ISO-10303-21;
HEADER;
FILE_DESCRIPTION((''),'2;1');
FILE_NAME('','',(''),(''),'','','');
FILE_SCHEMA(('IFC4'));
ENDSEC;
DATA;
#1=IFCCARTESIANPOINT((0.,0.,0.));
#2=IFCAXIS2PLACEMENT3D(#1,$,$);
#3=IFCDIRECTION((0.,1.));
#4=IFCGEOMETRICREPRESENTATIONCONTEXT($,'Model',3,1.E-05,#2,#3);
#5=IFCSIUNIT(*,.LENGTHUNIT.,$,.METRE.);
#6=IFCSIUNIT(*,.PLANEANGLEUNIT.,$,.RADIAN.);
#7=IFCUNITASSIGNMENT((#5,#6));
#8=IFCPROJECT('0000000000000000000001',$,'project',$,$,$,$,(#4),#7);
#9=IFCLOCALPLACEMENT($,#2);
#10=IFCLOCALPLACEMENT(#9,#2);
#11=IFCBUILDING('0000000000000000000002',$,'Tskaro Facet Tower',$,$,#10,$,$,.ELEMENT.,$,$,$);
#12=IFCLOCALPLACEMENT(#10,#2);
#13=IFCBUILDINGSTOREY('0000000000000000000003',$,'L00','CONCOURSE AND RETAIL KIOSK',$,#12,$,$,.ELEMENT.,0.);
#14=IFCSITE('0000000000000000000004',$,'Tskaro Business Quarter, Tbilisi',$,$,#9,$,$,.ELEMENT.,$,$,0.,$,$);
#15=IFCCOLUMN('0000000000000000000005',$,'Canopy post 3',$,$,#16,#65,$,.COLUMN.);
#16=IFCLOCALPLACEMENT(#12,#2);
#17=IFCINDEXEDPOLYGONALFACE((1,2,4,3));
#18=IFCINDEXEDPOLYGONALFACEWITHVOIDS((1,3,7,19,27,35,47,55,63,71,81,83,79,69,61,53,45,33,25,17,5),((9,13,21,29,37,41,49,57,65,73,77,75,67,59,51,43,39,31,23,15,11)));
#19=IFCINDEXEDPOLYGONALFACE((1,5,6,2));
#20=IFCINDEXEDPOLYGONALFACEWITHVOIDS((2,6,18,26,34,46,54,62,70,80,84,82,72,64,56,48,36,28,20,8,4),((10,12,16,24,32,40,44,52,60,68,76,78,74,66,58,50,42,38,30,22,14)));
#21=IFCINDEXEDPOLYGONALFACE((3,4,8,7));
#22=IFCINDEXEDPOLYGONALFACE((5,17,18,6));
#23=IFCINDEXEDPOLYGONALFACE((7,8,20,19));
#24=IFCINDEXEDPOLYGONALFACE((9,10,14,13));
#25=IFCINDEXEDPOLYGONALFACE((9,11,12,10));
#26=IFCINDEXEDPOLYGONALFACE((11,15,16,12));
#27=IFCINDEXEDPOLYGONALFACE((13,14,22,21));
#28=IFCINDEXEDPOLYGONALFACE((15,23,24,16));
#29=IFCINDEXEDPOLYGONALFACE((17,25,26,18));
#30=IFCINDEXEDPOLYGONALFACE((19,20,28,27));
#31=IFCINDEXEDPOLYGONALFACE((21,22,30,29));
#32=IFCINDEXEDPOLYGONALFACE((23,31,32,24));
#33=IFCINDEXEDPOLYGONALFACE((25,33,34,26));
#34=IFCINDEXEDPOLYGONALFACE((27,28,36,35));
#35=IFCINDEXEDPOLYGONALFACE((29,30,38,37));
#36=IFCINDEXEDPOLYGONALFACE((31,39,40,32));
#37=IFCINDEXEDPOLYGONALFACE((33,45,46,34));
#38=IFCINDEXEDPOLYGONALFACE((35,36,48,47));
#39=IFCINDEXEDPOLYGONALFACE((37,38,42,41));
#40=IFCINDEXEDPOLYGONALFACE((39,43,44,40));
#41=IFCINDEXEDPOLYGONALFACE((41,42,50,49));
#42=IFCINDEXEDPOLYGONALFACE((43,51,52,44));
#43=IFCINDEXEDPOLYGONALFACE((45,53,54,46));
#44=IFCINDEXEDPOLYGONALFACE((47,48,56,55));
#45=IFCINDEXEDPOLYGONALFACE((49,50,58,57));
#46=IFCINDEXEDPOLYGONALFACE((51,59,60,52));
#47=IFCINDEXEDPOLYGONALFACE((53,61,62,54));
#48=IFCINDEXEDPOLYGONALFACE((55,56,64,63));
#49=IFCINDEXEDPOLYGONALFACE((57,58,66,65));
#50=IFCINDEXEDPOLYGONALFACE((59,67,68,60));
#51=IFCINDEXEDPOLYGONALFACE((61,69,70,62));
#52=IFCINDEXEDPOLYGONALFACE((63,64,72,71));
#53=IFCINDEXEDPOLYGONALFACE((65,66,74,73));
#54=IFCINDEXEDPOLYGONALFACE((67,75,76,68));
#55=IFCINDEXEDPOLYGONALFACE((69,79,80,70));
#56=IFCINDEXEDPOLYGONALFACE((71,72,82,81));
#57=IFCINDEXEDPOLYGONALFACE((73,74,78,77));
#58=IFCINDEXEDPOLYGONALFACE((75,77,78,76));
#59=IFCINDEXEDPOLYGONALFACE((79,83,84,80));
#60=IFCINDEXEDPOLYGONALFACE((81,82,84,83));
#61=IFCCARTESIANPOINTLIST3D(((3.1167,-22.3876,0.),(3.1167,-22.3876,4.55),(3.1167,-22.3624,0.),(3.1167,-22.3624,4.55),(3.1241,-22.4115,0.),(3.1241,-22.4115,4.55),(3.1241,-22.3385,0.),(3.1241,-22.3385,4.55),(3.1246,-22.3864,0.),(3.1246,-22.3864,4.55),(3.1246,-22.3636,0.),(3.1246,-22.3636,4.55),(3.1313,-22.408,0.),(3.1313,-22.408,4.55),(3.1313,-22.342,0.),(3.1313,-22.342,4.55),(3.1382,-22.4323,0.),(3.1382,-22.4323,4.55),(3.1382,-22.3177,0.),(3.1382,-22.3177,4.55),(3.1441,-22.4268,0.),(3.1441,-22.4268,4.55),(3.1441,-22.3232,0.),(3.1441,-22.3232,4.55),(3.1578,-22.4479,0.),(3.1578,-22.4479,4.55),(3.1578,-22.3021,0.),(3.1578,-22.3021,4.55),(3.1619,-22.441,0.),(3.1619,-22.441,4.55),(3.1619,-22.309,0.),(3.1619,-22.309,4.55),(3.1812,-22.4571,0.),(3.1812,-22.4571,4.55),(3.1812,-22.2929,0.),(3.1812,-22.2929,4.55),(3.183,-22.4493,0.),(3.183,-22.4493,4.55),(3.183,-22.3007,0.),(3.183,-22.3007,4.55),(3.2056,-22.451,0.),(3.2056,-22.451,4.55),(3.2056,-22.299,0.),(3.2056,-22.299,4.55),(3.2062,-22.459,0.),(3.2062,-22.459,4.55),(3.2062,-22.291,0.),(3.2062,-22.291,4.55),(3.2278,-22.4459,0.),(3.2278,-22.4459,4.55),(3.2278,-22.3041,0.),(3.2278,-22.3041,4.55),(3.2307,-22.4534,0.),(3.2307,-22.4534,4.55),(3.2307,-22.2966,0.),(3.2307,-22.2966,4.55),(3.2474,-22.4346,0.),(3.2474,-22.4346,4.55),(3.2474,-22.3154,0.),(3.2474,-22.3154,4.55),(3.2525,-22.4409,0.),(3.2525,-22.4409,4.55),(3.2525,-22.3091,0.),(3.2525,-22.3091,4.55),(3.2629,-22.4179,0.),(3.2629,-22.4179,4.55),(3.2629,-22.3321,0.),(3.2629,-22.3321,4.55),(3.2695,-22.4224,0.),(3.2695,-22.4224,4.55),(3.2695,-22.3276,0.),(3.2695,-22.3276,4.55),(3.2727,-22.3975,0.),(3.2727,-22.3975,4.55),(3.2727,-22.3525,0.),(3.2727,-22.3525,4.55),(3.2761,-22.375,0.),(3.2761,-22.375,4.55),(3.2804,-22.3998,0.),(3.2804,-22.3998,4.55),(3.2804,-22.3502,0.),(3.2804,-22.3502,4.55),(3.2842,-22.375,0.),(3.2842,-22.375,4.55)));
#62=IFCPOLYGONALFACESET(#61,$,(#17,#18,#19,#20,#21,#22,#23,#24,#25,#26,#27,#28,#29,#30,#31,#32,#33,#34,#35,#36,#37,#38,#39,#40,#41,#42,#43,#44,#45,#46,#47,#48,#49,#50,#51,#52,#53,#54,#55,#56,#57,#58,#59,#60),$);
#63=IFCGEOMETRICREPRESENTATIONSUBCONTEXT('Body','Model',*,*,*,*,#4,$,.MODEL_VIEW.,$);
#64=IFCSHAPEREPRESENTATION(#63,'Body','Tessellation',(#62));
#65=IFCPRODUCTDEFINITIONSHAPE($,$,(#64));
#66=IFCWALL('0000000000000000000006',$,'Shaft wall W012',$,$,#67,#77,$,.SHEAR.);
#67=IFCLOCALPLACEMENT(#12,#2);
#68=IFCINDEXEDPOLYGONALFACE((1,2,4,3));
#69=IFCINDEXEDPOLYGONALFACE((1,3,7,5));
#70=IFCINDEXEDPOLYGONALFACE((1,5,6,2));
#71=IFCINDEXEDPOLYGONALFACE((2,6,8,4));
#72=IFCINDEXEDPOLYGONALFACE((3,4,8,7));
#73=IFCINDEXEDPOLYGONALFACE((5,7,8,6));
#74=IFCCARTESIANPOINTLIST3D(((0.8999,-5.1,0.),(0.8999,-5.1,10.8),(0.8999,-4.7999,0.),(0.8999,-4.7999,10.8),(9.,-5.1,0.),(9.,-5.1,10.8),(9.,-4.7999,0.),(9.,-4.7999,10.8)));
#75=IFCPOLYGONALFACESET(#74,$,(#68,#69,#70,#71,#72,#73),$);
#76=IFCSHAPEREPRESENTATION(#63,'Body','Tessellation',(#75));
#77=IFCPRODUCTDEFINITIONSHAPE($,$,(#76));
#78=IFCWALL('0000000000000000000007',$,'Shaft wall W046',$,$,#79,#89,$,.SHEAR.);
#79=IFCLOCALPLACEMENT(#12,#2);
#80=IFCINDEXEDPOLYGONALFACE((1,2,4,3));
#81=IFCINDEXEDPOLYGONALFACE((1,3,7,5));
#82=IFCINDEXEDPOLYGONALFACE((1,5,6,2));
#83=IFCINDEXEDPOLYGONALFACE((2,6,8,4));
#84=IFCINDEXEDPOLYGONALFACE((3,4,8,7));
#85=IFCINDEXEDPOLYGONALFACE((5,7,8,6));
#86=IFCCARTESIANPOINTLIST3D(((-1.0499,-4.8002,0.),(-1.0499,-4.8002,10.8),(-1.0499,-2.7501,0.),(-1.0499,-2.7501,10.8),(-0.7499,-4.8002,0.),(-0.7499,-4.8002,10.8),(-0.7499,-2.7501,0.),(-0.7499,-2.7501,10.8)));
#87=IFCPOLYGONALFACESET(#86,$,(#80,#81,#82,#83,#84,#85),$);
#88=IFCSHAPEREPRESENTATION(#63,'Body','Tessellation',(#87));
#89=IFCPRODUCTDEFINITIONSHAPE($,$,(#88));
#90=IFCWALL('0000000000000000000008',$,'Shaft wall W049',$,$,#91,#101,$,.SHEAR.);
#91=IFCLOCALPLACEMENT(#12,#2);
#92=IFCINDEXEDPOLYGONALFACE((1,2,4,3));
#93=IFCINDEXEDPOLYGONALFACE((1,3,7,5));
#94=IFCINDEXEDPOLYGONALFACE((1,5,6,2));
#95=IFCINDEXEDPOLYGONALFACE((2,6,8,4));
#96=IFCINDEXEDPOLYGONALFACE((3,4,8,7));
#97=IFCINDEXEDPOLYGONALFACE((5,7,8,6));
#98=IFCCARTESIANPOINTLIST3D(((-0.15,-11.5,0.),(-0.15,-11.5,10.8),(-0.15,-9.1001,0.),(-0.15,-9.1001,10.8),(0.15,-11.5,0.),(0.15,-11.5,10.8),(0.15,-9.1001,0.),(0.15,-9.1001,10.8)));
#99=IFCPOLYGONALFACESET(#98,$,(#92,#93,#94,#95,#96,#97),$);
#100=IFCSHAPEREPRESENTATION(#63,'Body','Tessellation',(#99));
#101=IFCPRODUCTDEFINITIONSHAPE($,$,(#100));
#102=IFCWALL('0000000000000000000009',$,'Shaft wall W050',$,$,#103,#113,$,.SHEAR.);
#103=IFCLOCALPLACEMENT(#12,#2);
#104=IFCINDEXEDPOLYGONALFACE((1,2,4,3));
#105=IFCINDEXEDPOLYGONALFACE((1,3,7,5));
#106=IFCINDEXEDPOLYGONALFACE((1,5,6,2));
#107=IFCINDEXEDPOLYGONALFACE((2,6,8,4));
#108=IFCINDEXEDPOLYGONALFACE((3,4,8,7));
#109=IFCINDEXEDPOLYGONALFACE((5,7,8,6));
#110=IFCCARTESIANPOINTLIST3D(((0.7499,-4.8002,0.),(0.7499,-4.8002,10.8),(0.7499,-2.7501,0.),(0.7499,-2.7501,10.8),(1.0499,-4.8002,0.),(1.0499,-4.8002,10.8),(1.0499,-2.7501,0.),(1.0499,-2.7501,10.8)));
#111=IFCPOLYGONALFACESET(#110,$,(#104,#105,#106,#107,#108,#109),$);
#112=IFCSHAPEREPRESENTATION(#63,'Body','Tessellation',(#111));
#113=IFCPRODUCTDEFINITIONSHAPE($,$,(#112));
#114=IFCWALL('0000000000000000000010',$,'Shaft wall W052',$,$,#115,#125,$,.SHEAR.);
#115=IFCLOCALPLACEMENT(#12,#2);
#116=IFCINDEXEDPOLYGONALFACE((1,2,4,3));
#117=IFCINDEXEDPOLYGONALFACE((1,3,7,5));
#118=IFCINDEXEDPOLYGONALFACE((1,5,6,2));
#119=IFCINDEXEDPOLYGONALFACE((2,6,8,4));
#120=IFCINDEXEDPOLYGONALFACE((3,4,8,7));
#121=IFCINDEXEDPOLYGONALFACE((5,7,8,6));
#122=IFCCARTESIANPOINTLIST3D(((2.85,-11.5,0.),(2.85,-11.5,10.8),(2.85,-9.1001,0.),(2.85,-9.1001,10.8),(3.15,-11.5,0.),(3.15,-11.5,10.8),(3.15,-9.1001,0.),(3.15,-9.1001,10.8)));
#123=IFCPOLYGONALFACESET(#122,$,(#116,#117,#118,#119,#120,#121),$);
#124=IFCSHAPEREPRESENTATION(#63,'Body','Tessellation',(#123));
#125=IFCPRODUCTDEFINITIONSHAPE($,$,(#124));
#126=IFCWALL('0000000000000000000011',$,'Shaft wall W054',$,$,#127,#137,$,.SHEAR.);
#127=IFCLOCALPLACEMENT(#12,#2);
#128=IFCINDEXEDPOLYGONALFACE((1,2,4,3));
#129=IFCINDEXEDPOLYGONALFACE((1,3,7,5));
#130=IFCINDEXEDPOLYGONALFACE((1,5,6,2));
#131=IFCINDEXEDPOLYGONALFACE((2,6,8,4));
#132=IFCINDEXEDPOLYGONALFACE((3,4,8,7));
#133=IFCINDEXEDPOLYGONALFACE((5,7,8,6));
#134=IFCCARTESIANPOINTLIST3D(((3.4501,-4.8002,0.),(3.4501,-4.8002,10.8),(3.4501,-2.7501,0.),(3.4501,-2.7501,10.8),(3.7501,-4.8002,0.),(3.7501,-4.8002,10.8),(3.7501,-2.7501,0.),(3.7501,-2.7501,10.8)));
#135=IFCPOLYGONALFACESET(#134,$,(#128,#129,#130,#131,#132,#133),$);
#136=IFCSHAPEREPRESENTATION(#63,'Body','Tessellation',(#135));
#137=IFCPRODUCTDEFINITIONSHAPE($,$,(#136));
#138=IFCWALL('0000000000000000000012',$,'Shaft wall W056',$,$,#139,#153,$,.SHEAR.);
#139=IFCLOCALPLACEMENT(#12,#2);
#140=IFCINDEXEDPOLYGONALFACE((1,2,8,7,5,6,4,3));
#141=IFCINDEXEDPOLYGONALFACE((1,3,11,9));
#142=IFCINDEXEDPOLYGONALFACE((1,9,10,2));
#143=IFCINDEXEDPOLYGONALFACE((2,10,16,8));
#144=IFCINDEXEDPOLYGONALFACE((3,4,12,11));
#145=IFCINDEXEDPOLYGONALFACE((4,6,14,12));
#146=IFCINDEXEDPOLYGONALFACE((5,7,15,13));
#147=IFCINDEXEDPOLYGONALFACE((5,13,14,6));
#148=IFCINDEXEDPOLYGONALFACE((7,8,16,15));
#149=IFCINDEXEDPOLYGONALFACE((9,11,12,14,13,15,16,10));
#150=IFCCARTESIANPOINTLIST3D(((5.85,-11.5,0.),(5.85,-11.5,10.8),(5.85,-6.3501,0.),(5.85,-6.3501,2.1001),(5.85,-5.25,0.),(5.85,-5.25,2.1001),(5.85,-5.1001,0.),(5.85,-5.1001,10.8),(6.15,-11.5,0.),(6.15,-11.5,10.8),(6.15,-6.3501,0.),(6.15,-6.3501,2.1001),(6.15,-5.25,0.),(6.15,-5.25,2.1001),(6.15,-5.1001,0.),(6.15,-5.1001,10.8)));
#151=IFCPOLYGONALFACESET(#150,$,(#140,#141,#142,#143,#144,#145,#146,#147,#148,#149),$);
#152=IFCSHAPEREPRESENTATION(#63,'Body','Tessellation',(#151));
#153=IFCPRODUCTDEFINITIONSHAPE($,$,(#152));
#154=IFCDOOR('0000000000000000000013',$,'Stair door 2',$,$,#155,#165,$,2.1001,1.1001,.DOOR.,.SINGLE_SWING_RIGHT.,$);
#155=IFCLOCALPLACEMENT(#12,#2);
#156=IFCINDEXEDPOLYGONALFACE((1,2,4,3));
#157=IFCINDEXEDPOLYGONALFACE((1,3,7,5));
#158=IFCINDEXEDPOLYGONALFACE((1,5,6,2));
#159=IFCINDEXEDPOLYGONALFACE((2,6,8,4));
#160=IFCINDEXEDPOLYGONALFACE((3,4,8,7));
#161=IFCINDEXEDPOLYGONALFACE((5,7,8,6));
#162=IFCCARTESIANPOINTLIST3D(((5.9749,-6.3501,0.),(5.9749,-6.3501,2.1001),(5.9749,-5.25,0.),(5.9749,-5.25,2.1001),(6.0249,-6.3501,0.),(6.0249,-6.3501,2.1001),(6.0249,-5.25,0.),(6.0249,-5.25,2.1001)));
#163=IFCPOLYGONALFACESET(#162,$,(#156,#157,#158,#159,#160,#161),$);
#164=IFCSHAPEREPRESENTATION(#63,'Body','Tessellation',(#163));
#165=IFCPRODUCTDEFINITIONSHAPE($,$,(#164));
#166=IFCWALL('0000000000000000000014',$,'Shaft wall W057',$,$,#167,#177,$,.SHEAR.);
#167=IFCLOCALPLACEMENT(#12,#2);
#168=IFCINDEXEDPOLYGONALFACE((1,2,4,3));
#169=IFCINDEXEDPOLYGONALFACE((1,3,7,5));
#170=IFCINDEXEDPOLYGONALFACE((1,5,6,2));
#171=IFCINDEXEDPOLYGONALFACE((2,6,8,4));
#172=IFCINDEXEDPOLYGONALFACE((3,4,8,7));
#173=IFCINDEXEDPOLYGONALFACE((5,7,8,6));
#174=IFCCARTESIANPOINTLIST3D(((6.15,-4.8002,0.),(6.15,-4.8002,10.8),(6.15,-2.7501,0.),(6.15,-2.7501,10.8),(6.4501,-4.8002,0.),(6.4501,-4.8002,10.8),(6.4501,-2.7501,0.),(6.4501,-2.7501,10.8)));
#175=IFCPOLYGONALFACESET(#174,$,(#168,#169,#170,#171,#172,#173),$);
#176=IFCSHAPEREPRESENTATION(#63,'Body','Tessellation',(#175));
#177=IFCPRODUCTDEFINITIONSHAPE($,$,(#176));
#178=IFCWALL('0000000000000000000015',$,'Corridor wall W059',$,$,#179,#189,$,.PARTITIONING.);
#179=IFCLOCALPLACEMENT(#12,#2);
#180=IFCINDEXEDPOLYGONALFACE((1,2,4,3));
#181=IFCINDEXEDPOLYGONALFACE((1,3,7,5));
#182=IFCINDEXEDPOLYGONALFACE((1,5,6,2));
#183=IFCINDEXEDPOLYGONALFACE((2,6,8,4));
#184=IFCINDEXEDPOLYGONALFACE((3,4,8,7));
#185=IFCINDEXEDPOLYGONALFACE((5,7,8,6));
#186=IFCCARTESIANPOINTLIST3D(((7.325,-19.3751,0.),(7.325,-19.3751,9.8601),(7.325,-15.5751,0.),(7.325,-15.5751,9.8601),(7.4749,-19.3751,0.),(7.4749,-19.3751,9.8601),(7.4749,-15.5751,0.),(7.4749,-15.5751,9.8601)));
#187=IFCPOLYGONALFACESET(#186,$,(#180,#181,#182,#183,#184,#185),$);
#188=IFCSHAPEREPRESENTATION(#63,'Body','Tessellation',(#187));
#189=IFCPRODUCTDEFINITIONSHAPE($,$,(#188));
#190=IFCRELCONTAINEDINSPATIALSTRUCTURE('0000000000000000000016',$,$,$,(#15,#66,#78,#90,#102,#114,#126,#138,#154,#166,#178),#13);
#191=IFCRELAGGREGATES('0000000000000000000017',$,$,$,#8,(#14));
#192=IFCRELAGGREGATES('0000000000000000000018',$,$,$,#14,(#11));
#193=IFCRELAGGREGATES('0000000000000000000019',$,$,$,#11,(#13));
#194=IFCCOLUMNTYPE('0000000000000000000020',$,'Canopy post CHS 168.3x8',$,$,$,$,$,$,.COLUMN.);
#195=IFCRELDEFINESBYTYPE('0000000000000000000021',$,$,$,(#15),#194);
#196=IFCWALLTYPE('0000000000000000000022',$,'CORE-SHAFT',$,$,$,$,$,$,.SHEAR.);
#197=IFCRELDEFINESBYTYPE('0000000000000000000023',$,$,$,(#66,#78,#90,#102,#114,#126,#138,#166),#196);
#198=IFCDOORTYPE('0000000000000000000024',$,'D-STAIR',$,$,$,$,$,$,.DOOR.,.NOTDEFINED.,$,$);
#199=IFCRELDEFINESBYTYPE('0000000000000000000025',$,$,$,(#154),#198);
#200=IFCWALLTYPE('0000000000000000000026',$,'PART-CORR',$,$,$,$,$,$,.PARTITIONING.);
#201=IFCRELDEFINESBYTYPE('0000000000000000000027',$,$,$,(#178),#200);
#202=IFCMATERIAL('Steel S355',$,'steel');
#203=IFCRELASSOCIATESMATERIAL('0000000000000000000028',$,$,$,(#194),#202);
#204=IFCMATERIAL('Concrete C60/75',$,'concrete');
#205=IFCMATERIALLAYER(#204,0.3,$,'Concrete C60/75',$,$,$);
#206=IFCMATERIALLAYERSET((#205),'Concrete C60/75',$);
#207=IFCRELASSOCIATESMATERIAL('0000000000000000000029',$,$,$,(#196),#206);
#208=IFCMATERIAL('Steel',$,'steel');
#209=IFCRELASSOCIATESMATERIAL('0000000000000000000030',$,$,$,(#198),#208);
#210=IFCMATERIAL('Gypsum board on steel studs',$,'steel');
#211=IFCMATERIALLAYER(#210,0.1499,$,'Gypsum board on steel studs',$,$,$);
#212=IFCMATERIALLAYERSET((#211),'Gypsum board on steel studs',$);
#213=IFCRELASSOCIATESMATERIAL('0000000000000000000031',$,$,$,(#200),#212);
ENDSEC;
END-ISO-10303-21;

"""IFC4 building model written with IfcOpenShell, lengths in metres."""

from ifc_helpers import new_model, si_unit, direction, frame, frame_2d, origin, origin_2d, place, context, subcontext, project, spatial, rectangle, hollow_circle, extrude, material, layer, layer_set, material_profile, profile_set, type_object, element, fill, save


model = new_model("IFC4")

# Units and contexts
model_context = context("Model", 3, precision=1e-05, world=origin(), true_north=direction((0.0, 1.0)))
body_context = subcontext(model_context, "Body", "Model", "MODEL_VIEW")
ifc_project = project(units=[si_unit("LENGTHUNIT", "METRE"), si_unit("PLANEANGLEUNIT", "RADIAN")], contexts=[model_context])

# Site, building, storey
site_placement = place(None, origin())
site = spatial("IfcSite", under=ifc_project, at=site_placement, Name="Tskaro Business Quarter, Tbilisi", CompositionType="ELEMENT", RefElevation=0.0)
building_placement = place(site_placement, origin())
building = spatial("IfcBuilding", under=site, at=building_placement, Name="Tskaro Facet Tower", CompositionType="ELEMENT")
storey_placement = place(building_placement, origin())
storey = spatial("IfcBuildingStorey", under=building, at=storey_placement, Name="L00", Description="CONCOURSE AND RETAIL KIOSK", CompositionType="ELEMENT", Elevation=0.0)

# Column
ifc_material_1 = material(Name="Steel S355", Category="steel")
ifc_material_profile_1 = material_profile(ifc_material_1, hollow_circle(Radius=0.0842, WallThickness=0.0081, at=origin_2d()), Name="CHS 168.3x8")
ifc_profile_set_1 = profile_set([ifc_material_profile_1], Name="Steel S355")
column_type_1 = type_object("IfcColumnType", Name="Canopy post CHS 168.3x8", PredefinedType="COLUMN", material=ifc_profile_set_1)
column_1_placement = place(storey_placement, frame((3.2, -22.375, 0.0), z_axis=(0.0, 0.0, 1.0), x_axis=(1.0, 0.0, 0.0)))
element("IfcColumn", 1, at=column_1_placement, inside=storey, type_object=column_type_1, Name="Canopy post 3", PredefinedType="COLUMN", context=body_context, shape_type="SweptSolid", body=[
    extrude(hollow_circle(Radius=0.0842, WallThickness=0.0081, at=origin_2d()), origin(), (0.0, 0.0, 1.0), 4.55),
])

# Walls
ifc_material_2 = material(Name="Concrete C60/75", Category="concrete")
ifc_layer_1 = layer(ifc_material_2, 0.3, Name="Concrete C60/75")
ifc_layer_set_1 = layer_set([ifc_layer_1], Name="Concrete C60/75")
wall_type_1 = type_object("IfcWallType", Name="CORE-SHAFT", PredefinedType="SHEAR", material=ifc_layer_set_1)
wall_1_placement = place(storey_placement, frame((0.8999, -4.95, 0.0), z_axis=(0.0, 0.0, 1.0), x_axis=(1.0, 0.0, 0.0)))
element("IfcWall", 2, at=wall_1_placement, inside=storey, type_object=wall_type_1, Name="Shaft wall W012", PredefinedType="SHEAR", context=body_context, shape_type="SweptSolid", body=[
    extrude(rectangle(XDim=8.1001, YDim=0.3, at=frame_2d((4.05, 0.0))), origin(), (0.0, 0.0, 1.0), 10.8),
])
wall_2_placement = place(storey_placement, frame((-0.8999, -4.8, 0.0), z_axis=(0.0, 0.0, 1.0), x_axis=(0.0, 1.0, 0.0)))
element("IfcWall", 3, at=wall_2_placement, inside=storey, type_object=wall_type_1, Name="Shaft wall W046", PredefinedType="SHEAR", context=body_context, shape_type="SweptSolid", body=[
    extrude(rectangle(XDim=2.05, YDim=0.3, at=frame_2d((1.0249, 0.0))), origin(), (0.0, 0.0, 1.0), 10.8),
])
wall_3_placement = place(storey_placement, frame((0.0, -11.5, 0.0), z_axis=(0.0, 0.0, 1.0), x_axis=(0.0, 1.0, 0.0)))
element("IfcWall", 4, at=wall_3_placement, inside=storey, type_object=wall_type_1, Name="Shaft wall W049", PredefinedType="SHEAR", context=body_context, shape_type="SweptSolid", body=[
    extrude(rectangle(XDim=2.3999, YDim=0.3, at=frame_2d((1.2, 0.0))), origin(), (0.0, 0.0, 1.0), 10.8),
])
wall_4_placement = place(storey_placement, frame((0.8999, -4.8, 0.0), z_axis=(0.0, 0.0, 1.0), x_axis=(0.0, 1.0, 0.0)))
element("IfcWall", 5, at=wall_4_placement, inside=storey, type_object=wall_type_1, Name="Shaft wall W050", PredefinedType="SHEAR", context=body_context, shape_type="SweptSolid", body=[
    extrude(rectangle(XDim=2.05, YDim=0.3, at=frame_2d((1.0249, 0.0))), origin(), (0.0, 0.0, 1.0), 10.8),
])
wall_5_placement = place(storey_placement, frame((3.0, -11.5, 0.0), z_axis=(0.0, 0.0, 1.0), x_axis=(0.0, 1.0, 0.0)))
element("IfcWall", 6, at=wall_5_placement, inside=storey, type_object=wall_type_1, Name="Shaft wall W052", PredefinedType="SHEAR", context=body_context, shape_type="SweptSolid", body=[
    extrude(rectangle(XDim=2.3999, YDim=0.3, at=frame_2d((1.2, 0.0))), origin(), (0.0, 0.0, 1.0), 10.8),
])
wall_6_placement = place(storey_placement, frame((3.6001, -4.8, 0.0), z_axis=(0.0, 0.0, 1.0), x_axis=(0.0, 1.0, 0.0)))
element("IfcWall", 7, at=wall_6_placement, inside=storey, type_object=wall_type_1, Name="Shaft wall W054", PredefinedType="SHEAR", context=body_context, shape_type="SweptSolid", body=[
    extrude(rectangle(XDim=2.05, YDim=0.3, at=frame_2d((1.0249, 0.0))), origin(), (0.0, 0.0, 1.0), 10.8),
])

# Wall, opening, door
wall_7_placement = place(storey_placement, frame((6.0, -5.1001, 0.0), z_axis=(0.0, 0.0, 1.0), x_axis=(0.0, -1.0, 0.0)))
wall_7 = element("IfcWall", 8, at=wall_7_placement, inside=storey, type_object=wall_type_1, Name="Shaft wall W056", PredefinedType="SHEAR", context=body_context, shape_type="SweptSolid", body=[
    extrude(rectangle(XDim=6.3999, YDim=0.3, at=frame_2d((3.2, 0.0))), origin(), (0.0, 0.0, 1.0), 10.8),
])
opening_placement = place(wall_7_placement, frame((0.1499, 0.0, 0.0)))
opening = element("IfcOpeningElement", 9, at=opening_placement, cuts=wall_7, PredefinedType="OPENING", context=body_context, shape_type="SweptSolid", body=[
    extrude(rectangle(XDim=1.1001, YDim=2.1001, at=frame_2d((0.55, 1.05))), frame((0.0, 0.1599, 0.0), z_axis=(0.0, -1.0, 0.0), x_axis=(1.0, 0.0, 0.0)), (0.0, 0.0, 1.0), 0.3201),
])
ifc_material_3 = material(Name="Steel", Category="steel")
door_type = type_object("IfcDoorType", Name="D-STAIR", OperationType="NOTDEFINED", PredefinedType="DOOR", material=ifc_material_3)
door_placement = place(opening_placement, origin())
door = element("IfcDoor", 10, at=door_placement, inside=storey, type_object=door_type, Name="Stair door 2", OperationType="SINGLE_SWING_RIGHT", OverallHeight=2.1001, OverallWidth=1.1001, PredefinedType="DOOR", context=body_context, shape_type="SweptSolid", body=[
    extrude(rectangle(XDim=1.1001, YDim=2.1001, at=frame_2d((0.55, 1.05))), frame((0.0, 0.0249, 0.0), z_axis=(0.0, -1.0, 0.0), x_axis=(1.0, 0.0, 0.0)), (0.0, 0.0, 1.0), 0.05),
])
fill(opening, door)

# Walls
wall_8_placement = place(storey_placement, frame((6.3, -4.8, 0.0), z_axis=(0.0, 0.0, 1.0), x_axis=(0.0, 1.0, 0.0)))
element("IfcWall", 11, at=wall_8_placement, inside=storey, type_object=wall_type_1, Name="Shaft wall W057", PredefinedType="SHEAR", context=body_context, shape_type="SweptSolid", body=[
    extrude(rectangle(XDim=2.05, YDim=0.3, at=frame_2d((1.0249, 0.0))), origin(), (0.0, 0.0, 1.0), 10.8),
])
ifc_material_4 = material(Name="Gypsum board on steel studs", Category="steel")
ifc_layer_2 = layer(ifc_material_4, 0.1499, Name="Gypsum board on steel studs")
ifc_layer_set_2 = layer_set([ifc_layer_2], Name="Gypsum board on steel studs")
wall_type_2 = type_object("IfcWallType", Name="PART-CORR", PredefinedType="PARTITIONING", material=ifc_layer_set_2)
wall_9_placement = place(storey_placement, frame((7.3999, -19.375, 0.0), z_axis=(0.0, 0.0, 1.0), x_axis=(0.0, 1.0, 0.0)))
element("IfcWall", 12, at=wall_9_placement, inside=storey, type_object=wall_type_2, Name="Corridor wall W059", PredefinedType="PARTITIONING", context=body_context, shape_type="SweptSolid", body=[
    extrude(rectangle(XDim=3.8, YDim=0.1499, at=frame_2d((1.8999, 0.0))), origin(), (0.0, 0.0, 1.0), 9.8601),
])

save(model, "model.ifc")
